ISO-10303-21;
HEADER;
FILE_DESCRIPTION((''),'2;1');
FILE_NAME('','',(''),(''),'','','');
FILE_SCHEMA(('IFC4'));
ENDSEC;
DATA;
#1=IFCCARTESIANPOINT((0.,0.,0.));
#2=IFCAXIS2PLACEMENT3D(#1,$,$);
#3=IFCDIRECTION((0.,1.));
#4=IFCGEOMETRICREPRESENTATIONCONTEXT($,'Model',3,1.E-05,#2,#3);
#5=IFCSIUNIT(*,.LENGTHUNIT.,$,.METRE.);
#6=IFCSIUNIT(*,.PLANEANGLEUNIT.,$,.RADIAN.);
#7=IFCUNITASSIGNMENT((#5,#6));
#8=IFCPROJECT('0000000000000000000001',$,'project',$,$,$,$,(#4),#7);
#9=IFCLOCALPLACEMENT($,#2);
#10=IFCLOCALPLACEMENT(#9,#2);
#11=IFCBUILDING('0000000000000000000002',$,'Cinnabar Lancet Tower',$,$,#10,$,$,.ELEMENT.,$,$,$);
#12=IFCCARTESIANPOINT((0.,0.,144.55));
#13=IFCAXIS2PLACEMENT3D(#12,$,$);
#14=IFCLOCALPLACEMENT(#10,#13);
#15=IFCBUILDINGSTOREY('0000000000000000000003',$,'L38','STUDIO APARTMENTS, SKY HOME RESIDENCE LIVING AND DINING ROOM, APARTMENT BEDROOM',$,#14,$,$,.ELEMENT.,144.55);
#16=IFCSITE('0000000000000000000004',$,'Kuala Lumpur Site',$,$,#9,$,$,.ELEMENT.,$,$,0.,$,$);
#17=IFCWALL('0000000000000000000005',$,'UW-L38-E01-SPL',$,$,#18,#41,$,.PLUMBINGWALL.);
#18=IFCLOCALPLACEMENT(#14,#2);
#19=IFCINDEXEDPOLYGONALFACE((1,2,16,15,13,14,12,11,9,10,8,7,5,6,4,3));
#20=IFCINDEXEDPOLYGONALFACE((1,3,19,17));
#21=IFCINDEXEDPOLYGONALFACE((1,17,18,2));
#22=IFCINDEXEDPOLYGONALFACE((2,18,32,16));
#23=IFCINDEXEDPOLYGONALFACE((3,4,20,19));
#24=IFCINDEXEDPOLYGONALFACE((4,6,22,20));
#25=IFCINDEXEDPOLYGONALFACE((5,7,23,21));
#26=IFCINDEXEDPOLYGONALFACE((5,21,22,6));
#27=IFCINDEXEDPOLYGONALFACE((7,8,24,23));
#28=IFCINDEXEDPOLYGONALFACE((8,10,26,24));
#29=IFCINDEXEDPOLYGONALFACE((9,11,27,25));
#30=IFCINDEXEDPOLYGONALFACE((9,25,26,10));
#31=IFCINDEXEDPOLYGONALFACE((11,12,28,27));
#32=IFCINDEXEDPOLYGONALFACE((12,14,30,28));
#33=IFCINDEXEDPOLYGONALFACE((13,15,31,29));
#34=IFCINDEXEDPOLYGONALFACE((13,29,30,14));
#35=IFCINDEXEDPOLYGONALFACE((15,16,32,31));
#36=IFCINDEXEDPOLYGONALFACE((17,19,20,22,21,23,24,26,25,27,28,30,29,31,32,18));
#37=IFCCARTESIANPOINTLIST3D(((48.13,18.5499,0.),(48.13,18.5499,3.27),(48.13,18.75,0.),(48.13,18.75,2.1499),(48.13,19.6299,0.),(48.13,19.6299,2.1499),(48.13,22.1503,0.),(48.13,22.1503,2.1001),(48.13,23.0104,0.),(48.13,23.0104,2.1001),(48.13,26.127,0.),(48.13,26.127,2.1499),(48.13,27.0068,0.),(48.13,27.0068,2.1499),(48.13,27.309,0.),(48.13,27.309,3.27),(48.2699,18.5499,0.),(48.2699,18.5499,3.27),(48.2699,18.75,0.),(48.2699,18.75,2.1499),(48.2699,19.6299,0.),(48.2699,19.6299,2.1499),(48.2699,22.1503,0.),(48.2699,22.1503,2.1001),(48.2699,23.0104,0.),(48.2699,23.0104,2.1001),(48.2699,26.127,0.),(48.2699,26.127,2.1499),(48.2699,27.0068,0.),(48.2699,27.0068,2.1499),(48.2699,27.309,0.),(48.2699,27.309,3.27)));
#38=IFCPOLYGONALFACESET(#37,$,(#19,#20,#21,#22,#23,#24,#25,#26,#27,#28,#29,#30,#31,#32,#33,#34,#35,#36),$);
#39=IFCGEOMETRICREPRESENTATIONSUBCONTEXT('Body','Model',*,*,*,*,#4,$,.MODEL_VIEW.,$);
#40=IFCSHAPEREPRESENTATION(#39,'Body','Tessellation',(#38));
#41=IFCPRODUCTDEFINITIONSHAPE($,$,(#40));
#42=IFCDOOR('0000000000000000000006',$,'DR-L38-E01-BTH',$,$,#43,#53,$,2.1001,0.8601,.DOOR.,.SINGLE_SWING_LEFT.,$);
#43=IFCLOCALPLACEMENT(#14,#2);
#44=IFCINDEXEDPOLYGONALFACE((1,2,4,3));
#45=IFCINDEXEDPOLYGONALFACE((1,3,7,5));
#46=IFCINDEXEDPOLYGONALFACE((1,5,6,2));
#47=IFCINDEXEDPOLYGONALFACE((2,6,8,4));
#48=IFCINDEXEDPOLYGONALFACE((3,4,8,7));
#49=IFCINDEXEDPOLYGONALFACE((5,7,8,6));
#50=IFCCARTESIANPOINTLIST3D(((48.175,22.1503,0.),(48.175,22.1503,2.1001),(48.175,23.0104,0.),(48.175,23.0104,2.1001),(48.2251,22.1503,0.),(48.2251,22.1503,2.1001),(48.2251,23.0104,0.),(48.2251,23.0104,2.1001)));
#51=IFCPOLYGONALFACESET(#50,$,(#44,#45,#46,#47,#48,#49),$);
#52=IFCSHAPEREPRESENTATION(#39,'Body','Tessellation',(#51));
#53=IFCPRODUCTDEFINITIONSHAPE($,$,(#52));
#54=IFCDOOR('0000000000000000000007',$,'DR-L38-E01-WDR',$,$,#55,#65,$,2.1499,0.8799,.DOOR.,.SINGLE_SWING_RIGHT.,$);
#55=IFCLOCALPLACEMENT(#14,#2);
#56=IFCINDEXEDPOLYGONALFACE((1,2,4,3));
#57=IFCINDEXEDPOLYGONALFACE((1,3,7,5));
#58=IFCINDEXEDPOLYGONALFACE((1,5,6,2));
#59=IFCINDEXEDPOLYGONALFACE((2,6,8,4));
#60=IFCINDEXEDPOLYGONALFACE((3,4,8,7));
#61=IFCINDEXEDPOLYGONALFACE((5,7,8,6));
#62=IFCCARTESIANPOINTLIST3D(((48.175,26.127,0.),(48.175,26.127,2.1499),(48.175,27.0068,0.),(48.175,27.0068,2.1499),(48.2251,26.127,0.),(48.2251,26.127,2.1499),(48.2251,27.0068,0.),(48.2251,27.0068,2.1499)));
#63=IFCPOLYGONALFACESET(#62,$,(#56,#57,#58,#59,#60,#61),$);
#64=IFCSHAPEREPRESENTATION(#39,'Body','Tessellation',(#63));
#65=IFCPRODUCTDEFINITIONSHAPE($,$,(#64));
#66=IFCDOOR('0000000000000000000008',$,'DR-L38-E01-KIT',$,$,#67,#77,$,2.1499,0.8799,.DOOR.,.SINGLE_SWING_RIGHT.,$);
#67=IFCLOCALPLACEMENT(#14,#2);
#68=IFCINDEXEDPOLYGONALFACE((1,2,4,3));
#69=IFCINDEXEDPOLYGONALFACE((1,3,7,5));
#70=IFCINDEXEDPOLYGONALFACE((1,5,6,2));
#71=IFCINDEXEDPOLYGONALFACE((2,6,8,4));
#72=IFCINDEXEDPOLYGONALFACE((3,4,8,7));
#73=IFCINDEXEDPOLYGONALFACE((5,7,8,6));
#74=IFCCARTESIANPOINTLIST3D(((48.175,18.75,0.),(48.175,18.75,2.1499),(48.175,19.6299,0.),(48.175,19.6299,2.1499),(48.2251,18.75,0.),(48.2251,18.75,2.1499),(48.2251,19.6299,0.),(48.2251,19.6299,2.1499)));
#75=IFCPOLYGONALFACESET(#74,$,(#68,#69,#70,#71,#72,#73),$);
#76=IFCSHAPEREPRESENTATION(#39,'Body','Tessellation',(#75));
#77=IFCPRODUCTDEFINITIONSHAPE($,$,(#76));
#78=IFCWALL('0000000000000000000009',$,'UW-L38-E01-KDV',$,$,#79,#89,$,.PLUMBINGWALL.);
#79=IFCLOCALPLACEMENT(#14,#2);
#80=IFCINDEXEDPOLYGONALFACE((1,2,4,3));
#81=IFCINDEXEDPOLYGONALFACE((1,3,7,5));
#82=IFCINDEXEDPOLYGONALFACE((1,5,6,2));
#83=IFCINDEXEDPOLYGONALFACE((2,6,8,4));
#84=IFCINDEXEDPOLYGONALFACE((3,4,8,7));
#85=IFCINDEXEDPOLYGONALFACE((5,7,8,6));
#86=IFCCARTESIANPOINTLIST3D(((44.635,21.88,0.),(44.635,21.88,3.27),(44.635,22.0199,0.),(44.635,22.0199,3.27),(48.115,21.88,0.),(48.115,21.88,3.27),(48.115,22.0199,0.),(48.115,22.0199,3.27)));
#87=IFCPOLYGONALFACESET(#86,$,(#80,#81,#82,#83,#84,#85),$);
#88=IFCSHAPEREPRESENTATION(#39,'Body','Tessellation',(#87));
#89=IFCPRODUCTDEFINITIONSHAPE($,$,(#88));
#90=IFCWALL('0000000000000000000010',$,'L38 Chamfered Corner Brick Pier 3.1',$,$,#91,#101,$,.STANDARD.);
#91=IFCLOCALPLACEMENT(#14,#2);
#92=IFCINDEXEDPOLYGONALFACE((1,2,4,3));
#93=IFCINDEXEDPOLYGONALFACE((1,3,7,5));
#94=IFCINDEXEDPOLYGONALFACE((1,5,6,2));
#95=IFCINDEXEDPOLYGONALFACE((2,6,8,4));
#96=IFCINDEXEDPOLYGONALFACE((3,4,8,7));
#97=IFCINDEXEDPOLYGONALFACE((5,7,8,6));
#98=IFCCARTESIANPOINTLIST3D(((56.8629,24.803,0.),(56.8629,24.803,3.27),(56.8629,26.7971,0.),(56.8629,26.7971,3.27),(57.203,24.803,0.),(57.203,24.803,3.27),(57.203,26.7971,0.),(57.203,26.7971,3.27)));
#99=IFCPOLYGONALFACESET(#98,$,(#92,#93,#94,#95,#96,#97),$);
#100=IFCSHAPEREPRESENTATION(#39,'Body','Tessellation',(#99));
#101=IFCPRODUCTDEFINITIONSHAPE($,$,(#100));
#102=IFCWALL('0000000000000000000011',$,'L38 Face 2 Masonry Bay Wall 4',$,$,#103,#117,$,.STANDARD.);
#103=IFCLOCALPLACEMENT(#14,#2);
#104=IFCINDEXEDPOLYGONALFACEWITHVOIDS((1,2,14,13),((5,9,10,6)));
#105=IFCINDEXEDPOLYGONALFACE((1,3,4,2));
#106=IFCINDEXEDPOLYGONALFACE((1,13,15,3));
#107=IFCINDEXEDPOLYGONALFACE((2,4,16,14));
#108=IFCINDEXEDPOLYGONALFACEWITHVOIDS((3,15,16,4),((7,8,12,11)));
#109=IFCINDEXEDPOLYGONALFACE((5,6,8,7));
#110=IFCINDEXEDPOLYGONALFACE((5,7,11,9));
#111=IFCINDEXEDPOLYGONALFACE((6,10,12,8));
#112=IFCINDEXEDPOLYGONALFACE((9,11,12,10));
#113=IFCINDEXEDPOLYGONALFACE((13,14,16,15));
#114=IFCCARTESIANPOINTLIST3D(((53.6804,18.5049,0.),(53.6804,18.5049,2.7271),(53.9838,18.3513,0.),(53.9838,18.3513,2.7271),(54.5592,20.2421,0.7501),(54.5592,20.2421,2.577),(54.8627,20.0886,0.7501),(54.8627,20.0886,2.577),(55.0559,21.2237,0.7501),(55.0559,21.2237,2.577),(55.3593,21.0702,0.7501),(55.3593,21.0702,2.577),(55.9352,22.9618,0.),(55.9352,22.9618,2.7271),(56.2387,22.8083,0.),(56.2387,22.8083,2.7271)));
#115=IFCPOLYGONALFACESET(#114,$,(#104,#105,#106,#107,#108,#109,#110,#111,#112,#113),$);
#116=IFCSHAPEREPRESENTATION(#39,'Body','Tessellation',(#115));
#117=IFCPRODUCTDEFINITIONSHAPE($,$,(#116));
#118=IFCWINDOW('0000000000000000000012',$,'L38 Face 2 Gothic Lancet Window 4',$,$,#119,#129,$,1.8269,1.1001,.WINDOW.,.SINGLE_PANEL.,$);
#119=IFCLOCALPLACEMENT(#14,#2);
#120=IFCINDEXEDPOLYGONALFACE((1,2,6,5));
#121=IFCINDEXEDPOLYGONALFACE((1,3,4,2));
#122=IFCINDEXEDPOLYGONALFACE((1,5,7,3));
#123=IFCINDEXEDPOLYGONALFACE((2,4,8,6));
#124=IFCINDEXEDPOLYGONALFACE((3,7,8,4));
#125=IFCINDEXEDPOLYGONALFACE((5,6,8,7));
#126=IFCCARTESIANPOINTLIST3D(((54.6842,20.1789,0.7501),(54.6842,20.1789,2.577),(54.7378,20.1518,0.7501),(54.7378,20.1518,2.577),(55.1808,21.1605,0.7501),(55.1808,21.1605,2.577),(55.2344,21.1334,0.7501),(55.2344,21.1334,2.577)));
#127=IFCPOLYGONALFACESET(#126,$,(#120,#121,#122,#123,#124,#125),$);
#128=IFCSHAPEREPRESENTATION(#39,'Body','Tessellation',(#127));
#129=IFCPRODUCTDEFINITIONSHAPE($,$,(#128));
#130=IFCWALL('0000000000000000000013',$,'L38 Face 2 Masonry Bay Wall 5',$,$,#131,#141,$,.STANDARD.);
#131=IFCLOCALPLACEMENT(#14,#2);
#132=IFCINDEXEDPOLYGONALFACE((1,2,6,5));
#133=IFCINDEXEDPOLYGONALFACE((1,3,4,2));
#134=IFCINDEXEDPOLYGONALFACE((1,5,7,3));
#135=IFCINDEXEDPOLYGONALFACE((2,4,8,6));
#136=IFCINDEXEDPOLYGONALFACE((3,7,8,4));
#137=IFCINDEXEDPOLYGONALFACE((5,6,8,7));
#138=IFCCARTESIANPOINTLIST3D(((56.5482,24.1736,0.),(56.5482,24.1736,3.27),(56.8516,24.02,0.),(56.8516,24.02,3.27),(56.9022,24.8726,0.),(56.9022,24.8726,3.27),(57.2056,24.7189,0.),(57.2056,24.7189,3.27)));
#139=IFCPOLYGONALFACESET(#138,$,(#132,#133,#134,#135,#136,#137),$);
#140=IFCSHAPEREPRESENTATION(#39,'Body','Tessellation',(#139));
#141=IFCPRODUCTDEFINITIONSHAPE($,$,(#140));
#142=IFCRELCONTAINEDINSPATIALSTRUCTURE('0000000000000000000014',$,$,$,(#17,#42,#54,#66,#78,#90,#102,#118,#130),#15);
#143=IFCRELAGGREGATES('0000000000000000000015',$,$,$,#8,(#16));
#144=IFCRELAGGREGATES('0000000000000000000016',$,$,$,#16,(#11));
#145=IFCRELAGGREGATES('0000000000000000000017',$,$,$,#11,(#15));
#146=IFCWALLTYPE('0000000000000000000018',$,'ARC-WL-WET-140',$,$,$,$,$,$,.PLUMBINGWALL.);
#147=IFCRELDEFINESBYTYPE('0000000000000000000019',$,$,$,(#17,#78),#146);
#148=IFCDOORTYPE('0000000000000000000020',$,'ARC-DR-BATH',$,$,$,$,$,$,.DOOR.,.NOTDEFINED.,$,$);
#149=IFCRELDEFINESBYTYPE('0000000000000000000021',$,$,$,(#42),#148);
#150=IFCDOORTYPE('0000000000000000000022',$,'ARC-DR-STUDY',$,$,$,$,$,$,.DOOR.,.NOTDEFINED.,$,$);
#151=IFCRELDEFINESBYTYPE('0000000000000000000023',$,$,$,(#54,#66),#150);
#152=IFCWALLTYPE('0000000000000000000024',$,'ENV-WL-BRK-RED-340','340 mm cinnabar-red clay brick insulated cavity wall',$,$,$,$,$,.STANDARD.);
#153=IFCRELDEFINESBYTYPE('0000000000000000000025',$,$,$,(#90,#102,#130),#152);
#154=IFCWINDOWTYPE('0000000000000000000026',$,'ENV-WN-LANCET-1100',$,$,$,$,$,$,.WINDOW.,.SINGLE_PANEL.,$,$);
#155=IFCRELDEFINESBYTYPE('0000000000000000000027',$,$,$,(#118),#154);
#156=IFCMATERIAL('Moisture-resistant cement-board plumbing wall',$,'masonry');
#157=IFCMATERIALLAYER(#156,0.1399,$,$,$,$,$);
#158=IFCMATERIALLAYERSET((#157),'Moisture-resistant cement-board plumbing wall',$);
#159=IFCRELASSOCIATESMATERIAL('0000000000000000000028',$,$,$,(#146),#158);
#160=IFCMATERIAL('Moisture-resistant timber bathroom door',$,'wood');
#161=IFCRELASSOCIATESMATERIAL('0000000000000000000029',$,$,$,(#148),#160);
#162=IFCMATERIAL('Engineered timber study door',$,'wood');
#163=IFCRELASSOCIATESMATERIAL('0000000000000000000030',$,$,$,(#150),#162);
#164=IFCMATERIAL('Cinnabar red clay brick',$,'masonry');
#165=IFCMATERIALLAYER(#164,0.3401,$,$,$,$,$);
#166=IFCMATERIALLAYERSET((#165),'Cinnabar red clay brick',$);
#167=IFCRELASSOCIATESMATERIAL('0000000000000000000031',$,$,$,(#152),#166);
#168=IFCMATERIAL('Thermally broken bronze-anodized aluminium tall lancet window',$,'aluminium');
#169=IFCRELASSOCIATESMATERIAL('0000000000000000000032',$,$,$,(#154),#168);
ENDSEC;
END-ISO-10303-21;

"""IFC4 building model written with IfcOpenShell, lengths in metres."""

from ifc_helpers import new_model, si_unit, direction, frame, frame_2d, origin, place, context, subcontext, project, spatial, rectangle, extrude, material, layer, layer_set, type_object, element, fill, save


model = new_model("IFC4")

# Units and contexts
model_context = context("Model", 3, precision=1e-05, world=origin(), true_north=direction((0.0, 1.0)))
body_context = subcontext(model_context, "Body", "Model", "MODEL_VIEW")
ifc_project = project(units=[si_unit("LENGTHUNIT", "METRE"), si_unit("PLANEANGLEUNIT", "RADIAN")], contexts=[model_context])

# Site, building, storey
site_placement = place(None, origin())
site = spatial("IfcSite", under=ifc_project, at=site_placement, Name="Kuala Lumpur Site", CompositionType="ELEMENT", RefElevation=0.0)
building_placement = place(site_placement, origin())
building = spatial("IfcBuilding", under=site, at=building_placement, Name="Cinnabar Lancet Tower", CompositionType="ELEMENT")
storey_placement = place(building_placement, frame((0.0, 0.0, 144.55)))
storey = spatial("IfcBuildingStorey", under=building, at=storey_placement, Name="L38", Description="STUDIO APARTMENTS, SKY HOME RESIDENCE LIVING AND DINING ROOM, APARTMENT BEDROOM", CompositionType="ELEMENT", Elevation=144.55)

# Wall, openings, doors
ifc_material_1 = material(Name="Moisture-resistant cement-board plumbing wall", Category="masonry")
ifc_layer_1 = layer(ifc_material_1, 0.1399)
ifc_layer_set_1 = layer_set([ifc_layer_1], Name="Moisture-resistant cement-board plumbing wall")
wall_type_1 = type_object("IfcWallType", Name="ARC-WL-WET-140", PredefinedType="PLUMBINGWALL", material=ifc_layer_set_1)
wall_1_placement = place(storey_placement, frame((48.2, 18.55, 0.0), z_axis=(0.0, 0.0, 1.0), x_axis=(0.0, 1.0, 0.0)))
wall_1 = element("IfcWall", 1, at=wall_1_placement, inside=storey, type_object=wall_type_1, Name="UW-L38-E01-SPL", PredefinedType="PLUMBINGWALL", context=body_context, shape_type="SweptSolid", body=[
    extrude(rectangle(XDim=8.759, YDim=0.1399, at=frame_2d((4.3794, 0.0))), origin(), (0.0, 0.0, 1.0), 3.27),
])
opening_1_placement = place(wall_1_placement, frame((3.6001, 0.0, 0.0)))
opening_1 = element("IfcOpeningElement", 2, at=opening_1_placement, cuts=wall_1, PredefinedType="OPENING", context=body_context, shape_type="SweptSolid", body=[
    extrude(rectangle(XDim=0.8601, YDim=2.1001, at=frame_2d((0.4302, 1.05))), frame((0.0, 0.0798, 0.0), z_axis=(0.0, -1.0, 0.0), x_axis=(1.0, 0.0, 0.0)), (0.0, 0.0, 1.0), 0.1599),
])
opening_2_placement = place(wall_1_placement, frame((7.5769, 0.0, 0.0)))
opening_2 = element("IfcOpeningElement", 3, at=opening_2_placement, cuts=wall_1, PredefinedType="OPENING", context=body_context, shape_type="SweptSolid", body=[
    extrude(rectangle(XDim=0.8799, YDim=2.1499, at=frame_2d((0.4399, 1.075))), frame((0.0, 0.0798, 0.0), z_axis=(0.0, -1.0, 0.0), x_axis=(1.0, 0.0, 0.0)), (0.0, 0.0, 1.0), 0.1599),
])
opening_3_placement = place(wall_1_placement, frame((0.2, 0.0, 0.0)))
opening_3 = element("IfcOpeningElement", 4, at=opening_3_placement, cuts=wall_1, PredefinedType="OPENING", context=body_context, shape_type="SweptSolid", body=[
    extrude(rectangle(XDim=0.8799, YDim=2.1499, at=frame_2d((0.4399, 1.075))), frame((0.0, 0.0798, 0.0), z_axis=(0.0, -1.0, 0.0), x_axis=(1.0, 0.0, 0.0)), (0.0, 0.0, 1.0), 0.1599),
])
ifc_material_2 = material(Name="Moisture-resistant timber bathroom door", Category="wood")
door_type_1 = type_object("IfcDoorType", Name="ARC-DR-BATH", OperationType="NOTDEFINED", PredefinedType="DOOR", material=ifc_material_2)
door_1_placement = place(opening_1_placement, origin())
door_1 = element("IfcDoor", 5, at=door_1_placement, inside=storey, type_object=door_type_1, Name="DR-L38-E01-BTH", OperationType="SINGLE_SWING_LEFT", OverallHeight=2.1001, OverallWidth=0.8601, PredefinedType="DOOR", context=body_context, shape_type="SweptSolid", body=[
    extrude(rectangle(XDim=0.8601, YDim=2.1001, at=frame_2d((0.4302, 1.05))), frame((0.0, 0.0249, 0.0), z_axis=(0.0, -1.0, 0.0), x_axis=(1.0, 0.0, 0.0)), (0.0, 0.0, 1.0), 0.05),
])
fill(opening_1, door_1)
ifc_material_3 = material(Name="Engineered timber study door", Category="wood")
door_type_2 = type_object("IfcDoorType", Name="ARC-DR-STUDY", OperationType="NOTDEFINED", PredefinedType="DOOR", material=ifc_material_3)
door_2_placement = place(opening_2_placement, origin())
door_2 = element("IfcDoor", 6, at=door_2_placement, inside=storey, type_object=door_type_2, Name="DR-L38-E01-WDR", OperationType="SINGLE_SWING_RIGHT", OverallHeight=2.1499, OverallWidth=0.8799, PredefinedType="DOOR", context=body_context, shape_type="SweptSolid", body=[
    extrude(rectangle(XDim=0.8799, YDim=2.1499, at=frame_2d((0.4399, 1.075))), frame((0.0, 0.0249, 0.0), z_axis=(0.0, -1.0, 0.0), x_axis=(1.0, 0.0, 0.0)), (0.0, 0.0, 1.0), 0.05),
])
fill(opening_2, door_2)
door_3_placement = place(opening_3_placement, origin())
door_3 = element("IfcDoor", 7, at=door_3_placement, inside=storey, type_object=door_type_2, Name="DR-L38-E01-KIT", OperationType="SINGLE_SWING_RIGHT", OverallHeight=2.1499, OverallWidth=0.8799, PredefinedType="DOOR", context=body_context, shape_type="SweptSolid", body=[
    extrude(rectangle(XDim=0.8799, YDim=2.1499, at=frame_2d((0.4399, 1.075))), frame((0.0, 0.0249, 0.0), z_axis=(0.0, -1.0, 0.0), x_axis=(1.0, 0.0, 0.0)), (0.0, 0.0, 1.0), 0.05),
])
fill(opening_3, door_3)

# Walls
wall_2_placement = place(storey_placement, frame((44.635, 21.95, 0.0), z_axis=(0.0, 0.0, 1.0), x_axis=(1.0, 0.0, 0.0)))
element("IfcWall", 8, at=wall_2_placement, inside=storey, type_object=wall_type_1, Name="UW-L38-E01-KDV", PredefinedType="PLUMBINGWALL", context=body_context, shape_type="SweptSolid", body=[
    extrude(rectangle(XDim=3.48, YDim=0.1399, at=frame_2d((1.74, 0.0))), origin(), (0.0, 0.0, 1.0), 3.27),
])
ifc_material_4 = material(Name="Cinnabar red clay brick", Category="masonry")
ifc_layer_2 = layer(ifc_material_4, 0.3401)
ifc_layer_set_2 = layer_set([ifc_layer_2], Name="Cinnabar red clay brick")
wall_type_2 = type_object("IfcWallType", Name="ENV-WL-BRK-RED-340", Description="340 mm cinnabar-red clay brick insulated cavity wall", PredefinedType="STANDARD", material=ifc_layer_set_2)
wall_3_placement = place(storey_placement, frame((57.033, 24.803, 0.0), z_axis=(0.0, 0.0, 1.0), x_axis=(0.0, 1.0, 0.0)))
element("IfcWall", 9, at=wall_3_placement, inside=storey, type_object=wall_type_2, Name="L38 Chamfered Corner Brick Pier 3.1", PredefinedType="STANDARD", context=body_context, shape_type="SweptSolid", body=[
    extrude(rectangle(XDim=1.9941, YDim=0.3401, at=frame_2d((0.9971, 0.0))), origin(), (0.0, 0.0, 1.0), 3.27),
])

# Wall, opening, window
wall_4_placement = place(storey_placement, frame((53.832, 18.428, 0.0), z_axis=(0.0, 0.0, 1.0), x_axis=(0.451432, 0.892306, 0.0)))
wall_4 = element("IfcWall", 10, at=wall_4_placement, inside=storey, type_object=wall_type_2, Name="L38 Face 2 Masonry Bay Wall 4", PredefinedType="STANDARD", context=body_context, shape_type="SweptSolid", body=[
    extrude(rectangle(XDim=4.9949, YDim=0.3401, at=frame_2d((2.4976, 0.0))), origin(), (0.0, 0.0, 1.0), 2.7271),
])
opening_4_placement = place(wall_4_placement, frame((1.947, 0.0, 0.75)))
opening_4 = element("IfcOpeningElement", 11, at=opening_4_placement, cuts=wall_4, PredefinedType="OPENING", context=body_context, shape_type="SweptSolid", body=[
    extrude(rectangle(XDim=1.1001, YDim=1.8269, at=frame_2d((0.55, 0.9136))), frame((0.0, 0.1799, 0.0), z_axis=(0.0, -1.0, 0.0), x_axis=(1.0, 0.0, 0.0)), (0.0, 0.0, 1.0), 0.3601),
])
ifc_material_5 = material(Name="Thermally broken bronze-anodized aluminium tall lancet window", Category="aluminium")
window_type = type_object("IfcWindowType", Name="ENV-WN-LANCET-1100", PartitioningType="SINGLE_PANEL", PredefinedType="WINDOW", material=ifc_material_5)
window_placement = place(opening_4_placement, origin())
window = element("IfcWindow", 12, at=window_placement, inside=storey, type_object=window_type, Name="L38 Face 2 Gothic Lancet Window 4", OverallHeight=1.8269, OverallWidth=1.1001, PartitioningType="SINGLE_PANEL", PredefinedType="WINDOW", context=body_context, shape_type="SweptSolid", body=[
    extrude(rectangle(XDim=1.1001, YDim=1.8269, at=frame_2d((0.55, 0.9136))), frame((0.0, 0.03, 0.0), z_axis=(0.0, -1.0, 0.0), x_axis=(1.0, 0.0, 0.0)), (0.0, 0.0, 1.0), 0.0601),
])
fill(opening_4, window)

# Wall
wall_5_placement = place(storey_placement, frame((56.7, 24.0969, 0.0), z_axis=(0.0, 0.0, 1.0), x_axis=(0.451819, 0.892109, 0.0)))
element("IfcWall", 13, at=wall_5_placement, inside=storey, type_object=wall_type_2, Name="L38 Face 2 Masonry Bay Wall 5", PredefinedType="STANDARD", context=body_context, shape_type="SweptSolid", body=[
    extrude(rectangle(XDim=0.7834, YDim=0.3401, at=frame_2d((0.3916, 0.0))), origin(), (0.0, 0.0, 1.0), 3.27),
])

save(model, "model.ifc")
